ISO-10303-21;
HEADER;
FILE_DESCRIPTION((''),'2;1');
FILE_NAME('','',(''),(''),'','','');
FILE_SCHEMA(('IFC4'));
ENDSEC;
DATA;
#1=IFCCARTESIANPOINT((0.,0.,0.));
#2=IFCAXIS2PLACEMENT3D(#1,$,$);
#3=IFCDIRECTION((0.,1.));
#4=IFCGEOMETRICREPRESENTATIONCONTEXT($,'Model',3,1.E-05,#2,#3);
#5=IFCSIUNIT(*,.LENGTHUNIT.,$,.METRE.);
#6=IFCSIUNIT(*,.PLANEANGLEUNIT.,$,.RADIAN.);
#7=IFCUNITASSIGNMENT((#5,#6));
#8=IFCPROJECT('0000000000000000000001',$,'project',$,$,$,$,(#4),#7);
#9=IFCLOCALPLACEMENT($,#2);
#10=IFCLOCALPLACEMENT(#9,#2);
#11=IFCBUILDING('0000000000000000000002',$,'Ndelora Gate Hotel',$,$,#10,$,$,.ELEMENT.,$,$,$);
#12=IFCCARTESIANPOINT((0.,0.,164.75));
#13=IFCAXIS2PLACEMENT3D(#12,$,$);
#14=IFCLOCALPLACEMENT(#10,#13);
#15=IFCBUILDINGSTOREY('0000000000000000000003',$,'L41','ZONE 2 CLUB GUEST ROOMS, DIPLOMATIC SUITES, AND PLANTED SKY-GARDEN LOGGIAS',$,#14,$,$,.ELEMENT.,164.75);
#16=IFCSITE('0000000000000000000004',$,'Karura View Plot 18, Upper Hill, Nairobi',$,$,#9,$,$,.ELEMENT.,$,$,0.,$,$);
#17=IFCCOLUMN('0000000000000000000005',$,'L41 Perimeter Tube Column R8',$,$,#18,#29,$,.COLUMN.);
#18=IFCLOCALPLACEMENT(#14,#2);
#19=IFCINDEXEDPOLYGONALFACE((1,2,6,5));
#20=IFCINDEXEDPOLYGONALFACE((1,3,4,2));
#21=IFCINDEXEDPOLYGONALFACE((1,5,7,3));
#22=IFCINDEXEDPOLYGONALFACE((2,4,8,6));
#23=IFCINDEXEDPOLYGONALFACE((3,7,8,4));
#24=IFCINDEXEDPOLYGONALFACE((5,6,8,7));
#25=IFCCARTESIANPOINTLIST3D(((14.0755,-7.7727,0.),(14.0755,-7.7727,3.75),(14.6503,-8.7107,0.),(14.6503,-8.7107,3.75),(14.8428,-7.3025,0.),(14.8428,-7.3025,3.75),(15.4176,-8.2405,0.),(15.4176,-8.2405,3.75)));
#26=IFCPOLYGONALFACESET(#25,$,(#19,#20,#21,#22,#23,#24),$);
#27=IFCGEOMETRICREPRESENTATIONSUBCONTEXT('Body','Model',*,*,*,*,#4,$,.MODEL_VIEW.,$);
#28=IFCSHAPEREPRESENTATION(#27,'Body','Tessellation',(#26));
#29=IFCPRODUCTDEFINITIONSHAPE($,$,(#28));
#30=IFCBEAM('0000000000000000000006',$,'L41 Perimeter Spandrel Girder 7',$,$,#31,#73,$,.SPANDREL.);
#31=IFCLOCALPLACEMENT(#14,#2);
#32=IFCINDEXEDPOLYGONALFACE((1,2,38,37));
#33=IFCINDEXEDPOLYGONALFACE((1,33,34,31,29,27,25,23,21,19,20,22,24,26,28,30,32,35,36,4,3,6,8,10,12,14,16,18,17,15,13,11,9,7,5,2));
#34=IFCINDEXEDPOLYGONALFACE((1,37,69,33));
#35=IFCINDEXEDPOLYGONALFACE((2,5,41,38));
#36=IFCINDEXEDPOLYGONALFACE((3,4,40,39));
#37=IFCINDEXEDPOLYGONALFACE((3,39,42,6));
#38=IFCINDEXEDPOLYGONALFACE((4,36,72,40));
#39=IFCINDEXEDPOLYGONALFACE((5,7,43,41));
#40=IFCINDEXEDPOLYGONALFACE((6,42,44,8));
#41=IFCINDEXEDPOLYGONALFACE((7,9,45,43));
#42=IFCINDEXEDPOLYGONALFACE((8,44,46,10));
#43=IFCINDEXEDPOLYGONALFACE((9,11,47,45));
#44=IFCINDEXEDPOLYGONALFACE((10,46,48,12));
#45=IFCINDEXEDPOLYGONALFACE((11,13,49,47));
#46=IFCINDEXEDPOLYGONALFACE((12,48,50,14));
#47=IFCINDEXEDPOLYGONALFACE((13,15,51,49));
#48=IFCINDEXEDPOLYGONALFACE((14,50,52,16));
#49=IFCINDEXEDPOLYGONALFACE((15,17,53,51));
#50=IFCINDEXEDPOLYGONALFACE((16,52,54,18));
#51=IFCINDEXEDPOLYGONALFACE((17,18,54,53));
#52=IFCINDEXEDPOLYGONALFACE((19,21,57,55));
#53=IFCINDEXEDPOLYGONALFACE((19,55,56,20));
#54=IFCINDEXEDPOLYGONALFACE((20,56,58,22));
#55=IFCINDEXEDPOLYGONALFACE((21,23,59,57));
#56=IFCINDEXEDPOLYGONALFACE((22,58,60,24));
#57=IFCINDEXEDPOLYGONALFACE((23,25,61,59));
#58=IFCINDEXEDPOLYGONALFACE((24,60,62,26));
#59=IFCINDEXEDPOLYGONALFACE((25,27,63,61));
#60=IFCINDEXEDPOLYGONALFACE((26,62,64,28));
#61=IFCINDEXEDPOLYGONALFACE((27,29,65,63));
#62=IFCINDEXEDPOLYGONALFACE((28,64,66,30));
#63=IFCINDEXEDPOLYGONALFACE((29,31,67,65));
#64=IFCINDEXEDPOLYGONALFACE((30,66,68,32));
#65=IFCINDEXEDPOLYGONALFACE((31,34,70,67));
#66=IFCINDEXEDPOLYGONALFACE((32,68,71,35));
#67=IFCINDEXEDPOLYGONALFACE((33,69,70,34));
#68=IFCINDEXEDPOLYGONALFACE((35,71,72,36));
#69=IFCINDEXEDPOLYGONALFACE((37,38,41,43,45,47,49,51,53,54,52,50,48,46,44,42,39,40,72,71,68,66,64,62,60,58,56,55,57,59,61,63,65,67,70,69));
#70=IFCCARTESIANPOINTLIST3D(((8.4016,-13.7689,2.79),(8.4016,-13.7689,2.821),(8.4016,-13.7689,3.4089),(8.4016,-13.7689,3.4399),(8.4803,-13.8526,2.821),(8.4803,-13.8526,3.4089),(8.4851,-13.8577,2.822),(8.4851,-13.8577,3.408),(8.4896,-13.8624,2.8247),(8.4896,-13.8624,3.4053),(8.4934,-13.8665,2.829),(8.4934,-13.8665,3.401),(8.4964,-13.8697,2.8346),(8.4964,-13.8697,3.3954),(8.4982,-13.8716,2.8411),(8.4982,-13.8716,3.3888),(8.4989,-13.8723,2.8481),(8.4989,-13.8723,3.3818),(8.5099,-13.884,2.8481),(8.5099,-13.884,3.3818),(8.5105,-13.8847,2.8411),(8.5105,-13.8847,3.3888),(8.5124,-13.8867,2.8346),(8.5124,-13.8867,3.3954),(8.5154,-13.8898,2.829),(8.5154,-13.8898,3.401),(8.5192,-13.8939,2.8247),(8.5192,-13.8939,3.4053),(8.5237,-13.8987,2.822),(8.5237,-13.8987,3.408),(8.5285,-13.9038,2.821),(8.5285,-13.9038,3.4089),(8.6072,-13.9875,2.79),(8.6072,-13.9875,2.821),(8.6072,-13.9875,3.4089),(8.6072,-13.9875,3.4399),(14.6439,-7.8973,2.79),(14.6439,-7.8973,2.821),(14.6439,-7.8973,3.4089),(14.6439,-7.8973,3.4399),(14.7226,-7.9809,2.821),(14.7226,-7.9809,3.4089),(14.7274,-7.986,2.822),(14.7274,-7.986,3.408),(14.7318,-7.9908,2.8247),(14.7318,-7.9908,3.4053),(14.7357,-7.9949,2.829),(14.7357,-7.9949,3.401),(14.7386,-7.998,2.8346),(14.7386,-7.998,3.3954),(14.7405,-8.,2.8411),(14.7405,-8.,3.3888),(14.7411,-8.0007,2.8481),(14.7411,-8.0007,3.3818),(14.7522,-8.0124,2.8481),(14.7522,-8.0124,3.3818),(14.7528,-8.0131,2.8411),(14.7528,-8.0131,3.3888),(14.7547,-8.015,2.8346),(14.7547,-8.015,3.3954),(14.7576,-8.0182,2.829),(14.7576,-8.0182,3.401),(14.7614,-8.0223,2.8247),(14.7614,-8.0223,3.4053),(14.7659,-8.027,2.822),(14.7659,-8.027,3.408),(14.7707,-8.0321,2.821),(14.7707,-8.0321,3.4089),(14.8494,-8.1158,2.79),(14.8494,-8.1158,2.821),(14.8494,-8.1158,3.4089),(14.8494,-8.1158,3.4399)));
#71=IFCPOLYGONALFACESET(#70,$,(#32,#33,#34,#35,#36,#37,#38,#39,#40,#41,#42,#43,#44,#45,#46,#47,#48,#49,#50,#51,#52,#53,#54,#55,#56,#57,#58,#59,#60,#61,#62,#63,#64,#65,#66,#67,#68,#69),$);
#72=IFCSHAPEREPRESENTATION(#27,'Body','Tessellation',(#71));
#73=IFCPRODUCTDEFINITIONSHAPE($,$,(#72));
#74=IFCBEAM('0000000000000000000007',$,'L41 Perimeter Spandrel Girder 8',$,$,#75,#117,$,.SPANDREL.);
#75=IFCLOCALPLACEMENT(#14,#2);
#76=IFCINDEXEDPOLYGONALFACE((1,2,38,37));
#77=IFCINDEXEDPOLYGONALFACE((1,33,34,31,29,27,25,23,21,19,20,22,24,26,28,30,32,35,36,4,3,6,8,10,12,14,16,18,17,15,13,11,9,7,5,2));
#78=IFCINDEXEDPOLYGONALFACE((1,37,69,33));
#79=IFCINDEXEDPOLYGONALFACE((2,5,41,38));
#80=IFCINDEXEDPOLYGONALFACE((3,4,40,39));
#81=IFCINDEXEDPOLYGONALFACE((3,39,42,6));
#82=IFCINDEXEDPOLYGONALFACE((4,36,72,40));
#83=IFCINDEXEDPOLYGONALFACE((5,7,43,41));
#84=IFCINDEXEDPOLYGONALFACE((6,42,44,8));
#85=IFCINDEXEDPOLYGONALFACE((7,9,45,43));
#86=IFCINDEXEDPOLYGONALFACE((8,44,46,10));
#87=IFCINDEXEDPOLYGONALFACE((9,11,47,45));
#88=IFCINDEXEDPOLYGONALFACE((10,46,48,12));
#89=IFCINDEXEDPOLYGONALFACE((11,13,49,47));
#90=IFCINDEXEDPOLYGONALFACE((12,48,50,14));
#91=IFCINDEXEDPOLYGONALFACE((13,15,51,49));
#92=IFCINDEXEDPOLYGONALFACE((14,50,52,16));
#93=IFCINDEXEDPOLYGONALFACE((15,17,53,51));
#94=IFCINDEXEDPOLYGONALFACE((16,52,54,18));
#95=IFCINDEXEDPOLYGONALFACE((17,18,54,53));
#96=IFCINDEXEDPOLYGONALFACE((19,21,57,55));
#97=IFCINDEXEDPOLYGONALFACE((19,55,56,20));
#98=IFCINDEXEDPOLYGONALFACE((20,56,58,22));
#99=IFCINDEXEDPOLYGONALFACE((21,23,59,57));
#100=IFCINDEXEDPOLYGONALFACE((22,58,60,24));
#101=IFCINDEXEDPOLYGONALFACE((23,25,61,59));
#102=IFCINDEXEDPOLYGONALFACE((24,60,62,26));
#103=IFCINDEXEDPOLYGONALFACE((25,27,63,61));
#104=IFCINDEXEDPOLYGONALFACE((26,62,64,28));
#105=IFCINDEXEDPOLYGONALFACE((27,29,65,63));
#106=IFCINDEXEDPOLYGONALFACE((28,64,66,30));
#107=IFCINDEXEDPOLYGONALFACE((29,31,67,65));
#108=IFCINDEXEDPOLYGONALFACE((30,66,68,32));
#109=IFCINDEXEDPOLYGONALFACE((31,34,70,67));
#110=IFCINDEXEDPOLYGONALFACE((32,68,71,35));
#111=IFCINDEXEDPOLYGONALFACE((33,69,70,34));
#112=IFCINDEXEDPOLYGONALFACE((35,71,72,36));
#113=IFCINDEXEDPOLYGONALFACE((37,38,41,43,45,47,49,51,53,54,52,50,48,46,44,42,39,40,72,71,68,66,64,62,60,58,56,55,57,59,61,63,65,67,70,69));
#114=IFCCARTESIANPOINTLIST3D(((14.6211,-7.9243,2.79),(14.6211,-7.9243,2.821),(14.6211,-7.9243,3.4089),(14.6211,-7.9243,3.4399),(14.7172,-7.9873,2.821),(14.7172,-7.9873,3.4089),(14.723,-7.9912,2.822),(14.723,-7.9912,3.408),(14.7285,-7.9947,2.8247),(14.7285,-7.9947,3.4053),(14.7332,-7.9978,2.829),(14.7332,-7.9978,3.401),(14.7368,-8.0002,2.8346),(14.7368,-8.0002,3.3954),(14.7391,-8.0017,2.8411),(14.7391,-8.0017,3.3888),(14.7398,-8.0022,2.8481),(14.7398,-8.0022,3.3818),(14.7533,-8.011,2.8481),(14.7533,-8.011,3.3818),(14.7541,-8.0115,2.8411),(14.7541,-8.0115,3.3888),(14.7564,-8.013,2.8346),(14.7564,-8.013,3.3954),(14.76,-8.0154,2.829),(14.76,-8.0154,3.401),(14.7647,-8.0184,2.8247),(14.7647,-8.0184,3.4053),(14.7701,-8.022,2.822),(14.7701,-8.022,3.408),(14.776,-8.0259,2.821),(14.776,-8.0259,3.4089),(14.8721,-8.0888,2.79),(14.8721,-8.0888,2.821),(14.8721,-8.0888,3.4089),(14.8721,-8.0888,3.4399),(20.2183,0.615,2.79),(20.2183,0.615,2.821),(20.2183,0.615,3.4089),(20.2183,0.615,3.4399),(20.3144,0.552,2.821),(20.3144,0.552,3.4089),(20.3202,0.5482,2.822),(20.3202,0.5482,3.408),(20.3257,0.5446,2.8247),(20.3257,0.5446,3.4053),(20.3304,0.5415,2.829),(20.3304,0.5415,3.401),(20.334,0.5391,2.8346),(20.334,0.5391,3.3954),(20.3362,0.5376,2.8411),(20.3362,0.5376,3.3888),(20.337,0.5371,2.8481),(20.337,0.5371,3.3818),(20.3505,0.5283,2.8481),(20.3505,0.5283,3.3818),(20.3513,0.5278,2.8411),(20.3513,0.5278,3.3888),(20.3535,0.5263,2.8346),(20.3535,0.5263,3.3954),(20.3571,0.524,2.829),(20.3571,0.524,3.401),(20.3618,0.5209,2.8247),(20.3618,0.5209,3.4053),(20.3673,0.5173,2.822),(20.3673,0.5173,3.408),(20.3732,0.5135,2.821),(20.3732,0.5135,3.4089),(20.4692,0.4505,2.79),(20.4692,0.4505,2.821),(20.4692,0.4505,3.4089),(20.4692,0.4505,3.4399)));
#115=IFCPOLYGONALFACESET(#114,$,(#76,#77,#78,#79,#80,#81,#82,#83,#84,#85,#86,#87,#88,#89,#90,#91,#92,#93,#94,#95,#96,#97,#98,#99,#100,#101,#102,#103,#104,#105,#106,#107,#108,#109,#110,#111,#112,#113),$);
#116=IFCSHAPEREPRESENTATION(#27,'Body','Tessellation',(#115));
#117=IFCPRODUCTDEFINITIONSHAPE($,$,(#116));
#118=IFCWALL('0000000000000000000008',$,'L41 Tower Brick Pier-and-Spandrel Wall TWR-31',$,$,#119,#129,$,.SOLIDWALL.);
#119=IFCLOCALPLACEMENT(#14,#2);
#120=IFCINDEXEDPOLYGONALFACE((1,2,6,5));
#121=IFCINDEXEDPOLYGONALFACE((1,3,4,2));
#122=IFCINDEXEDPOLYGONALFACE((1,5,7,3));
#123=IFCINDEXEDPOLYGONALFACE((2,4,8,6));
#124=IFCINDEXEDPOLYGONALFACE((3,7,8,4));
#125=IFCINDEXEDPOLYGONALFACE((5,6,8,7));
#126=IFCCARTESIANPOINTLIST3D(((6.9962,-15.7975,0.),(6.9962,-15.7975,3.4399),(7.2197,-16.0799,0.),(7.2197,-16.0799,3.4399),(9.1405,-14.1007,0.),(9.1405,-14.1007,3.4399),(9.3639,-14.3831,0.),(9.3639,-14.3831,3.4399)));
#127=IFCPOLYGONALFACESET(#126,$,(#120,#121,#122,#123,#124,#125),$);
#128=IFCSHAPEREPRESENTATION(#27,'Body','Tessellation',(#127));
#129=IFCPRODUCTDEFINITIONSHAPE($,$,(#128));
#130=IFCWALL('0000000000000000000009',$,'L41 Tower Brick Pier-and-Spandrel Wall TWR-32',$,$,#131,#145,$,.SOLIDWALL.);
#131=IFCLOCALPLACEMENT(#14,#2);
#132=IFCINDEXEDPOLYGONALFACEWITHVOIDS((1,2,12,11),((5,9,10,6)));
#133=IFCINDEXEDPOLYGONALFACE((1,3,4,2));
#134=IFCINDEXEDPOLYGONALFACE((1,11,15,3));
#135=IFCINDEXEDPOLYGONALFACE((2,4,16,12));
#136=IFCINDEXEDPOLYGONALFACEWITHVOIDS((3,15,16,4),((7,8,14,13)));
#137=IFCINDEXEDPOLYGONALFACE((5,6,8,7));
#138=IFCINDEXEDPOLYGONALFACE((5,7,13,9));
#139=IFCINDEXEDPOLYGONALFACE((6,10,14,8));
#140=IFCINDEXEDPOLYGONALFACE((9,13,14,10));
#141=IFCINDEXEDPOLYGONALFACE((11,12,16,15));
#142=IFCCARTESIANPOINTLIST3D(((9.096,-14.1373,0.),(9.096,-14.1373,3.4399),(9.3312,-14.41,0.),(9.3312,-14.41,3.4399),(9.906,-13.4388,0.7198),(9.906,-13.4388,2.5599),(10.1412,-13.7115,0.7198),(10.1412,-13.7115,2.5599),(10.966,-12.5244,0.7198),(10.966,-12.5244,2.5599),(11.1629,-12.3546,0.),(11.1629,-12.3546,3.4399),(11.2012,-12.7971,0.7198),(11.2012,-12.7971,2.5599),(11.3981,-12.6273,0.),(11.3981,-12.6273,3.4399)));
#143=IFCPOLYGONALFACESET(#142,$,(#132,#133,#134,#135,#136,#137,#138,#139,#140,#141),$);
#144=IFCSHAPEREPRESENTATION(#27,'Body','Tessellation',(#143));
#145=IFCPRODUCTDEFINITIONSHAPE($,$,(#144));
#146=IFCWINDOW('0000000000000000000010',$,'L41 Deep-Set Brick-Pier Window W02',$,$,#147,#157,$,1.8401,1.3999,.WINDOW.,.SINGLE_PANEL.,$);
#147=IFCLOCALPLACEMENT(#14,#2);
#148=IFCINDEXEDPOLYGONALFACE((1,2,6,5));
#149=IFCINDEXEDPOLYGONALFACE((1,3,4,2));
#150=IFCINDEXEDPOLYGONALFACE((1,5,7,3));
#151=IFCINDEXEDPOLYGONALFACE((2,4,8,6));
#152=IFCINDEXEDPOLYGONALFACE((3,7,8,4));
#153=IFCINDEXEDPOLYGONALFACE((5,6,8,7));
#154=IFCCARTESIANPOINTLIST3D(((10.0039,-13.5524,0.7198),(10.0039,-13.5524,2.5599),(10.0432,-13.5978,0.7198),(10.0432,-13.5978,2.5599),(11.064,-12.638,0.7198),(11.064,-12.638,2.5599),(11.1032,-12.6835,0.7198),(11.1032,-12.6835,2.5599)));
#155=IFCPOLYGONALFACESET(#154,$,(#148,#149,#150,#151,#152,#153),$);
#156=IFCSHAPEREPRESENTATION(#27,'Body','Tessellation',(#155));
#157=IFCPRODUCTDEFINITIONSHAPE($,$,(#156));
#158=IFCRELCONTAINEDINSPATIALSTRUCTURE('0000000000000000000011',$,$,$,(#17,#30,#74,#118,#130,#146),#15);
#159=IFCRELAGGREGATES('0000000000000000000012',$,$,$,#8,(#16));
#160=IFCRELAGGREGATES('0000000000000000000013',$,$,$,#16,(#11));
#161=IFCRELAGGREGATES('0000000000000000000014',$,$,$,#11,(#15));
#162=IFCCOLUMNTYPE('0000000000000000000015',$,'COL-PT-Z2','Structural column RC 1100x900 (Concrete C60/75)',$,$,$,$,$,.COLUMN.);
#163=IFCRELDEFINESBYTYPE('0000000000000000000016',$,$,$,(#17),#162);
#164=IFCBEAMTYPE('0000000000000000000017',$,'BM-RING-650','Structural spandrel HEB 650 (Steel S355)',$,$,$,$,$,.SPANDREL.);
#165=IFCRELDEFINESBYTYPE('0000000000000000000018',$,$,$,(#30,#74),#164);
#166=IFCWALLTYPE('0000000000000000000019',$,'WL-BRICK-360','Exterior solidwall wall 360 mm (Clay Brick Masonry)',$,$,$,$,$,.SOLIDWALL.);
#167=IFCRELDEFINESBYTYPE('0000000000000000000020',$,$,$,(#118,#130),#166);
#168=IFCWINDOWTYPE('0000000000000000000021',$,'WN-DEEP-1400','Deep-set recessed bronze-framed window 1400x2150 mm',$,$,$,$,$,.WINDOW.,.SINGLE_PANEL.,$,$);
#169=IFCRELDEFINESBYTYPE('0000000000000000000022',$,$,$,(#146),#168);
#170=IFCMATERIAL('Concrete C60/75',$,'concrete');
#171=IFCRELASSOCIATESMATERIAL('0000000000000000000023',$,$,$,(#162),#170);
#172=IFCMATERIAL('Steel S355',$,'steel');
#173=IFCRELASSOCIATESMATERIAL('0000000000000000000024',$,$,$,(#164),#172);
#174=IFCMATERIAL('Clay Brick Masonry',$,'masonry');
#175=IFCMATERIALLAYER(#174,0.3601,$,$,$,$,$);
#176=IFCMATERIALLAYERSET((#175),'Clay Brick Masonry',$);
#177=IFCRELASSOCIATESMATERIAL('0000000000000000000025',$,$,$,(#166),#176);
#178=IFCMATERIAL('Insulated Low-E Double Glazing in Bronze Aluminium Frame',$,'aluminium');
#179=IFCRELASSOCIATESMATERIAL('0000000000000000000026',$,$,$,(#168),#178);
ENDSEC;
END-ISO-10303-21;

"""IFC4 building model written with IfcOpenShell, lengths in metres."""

from ifc_helpers import new_model, si_unit, direction, frame, frame_2d, origin, origin_2d, place, context, subcontext, project, spatial, rectangle, i_section, extrude, material, layer, layer_set, material_profile, profile_set, type_object, element, fill, save


model = new_model("IFC4")

# Units and contexts
model_context = context("Model", 3, precision=1e-05, world=origin(), true_north=direction((0.0, 1.0)))
body_context = subcontext(model_context, "Body", "Model", "MODEL_VIEW")
ifc_project = project(units=[si_unit("LENGTHUNIT", "METRE"), si_unit("PLANEANGLEUNIT", "RADIAN")], contexts=[model_context])

# Site, building, storey
site_placement = place(None, origin())
site = spatial("IfcSite", under=ifc_project, at=site_placement, Name="Karura View Plot 18, Upper Hill, Nairobi", CompositionType="ELEMENT", RefElevation=0.0)
building_placement = place(site_placement, origin())
building = spatial("IfcBuilding", under=site, at=building_placement, Name="Ndelora Gate Hotel", CompositionType="ELEMENT")
storey_placement = place(building_placement, frame((0.0, 0.0, 164.75)))
storey = spatial("IfcBuildingStorey", under=building, at=storey_placement, Name="L41", Description="ZONE 2 CLUB GUEST ROOMS, DIPLOMATIC SUITES, AND PLANTED SKY-GARDEN LOGGIAS", CompositionType="ELEMENT", Elevation=164.75)

# Column
ifc_material_1 = material(Name="Concrete C60/75", Category="concrete")
ifc_material_profile_1 = material_profile(ifc_material_1, rectangle(XDim=0.8999, YDim=1.1001, at=origin_2d()), Name="RC 1100x900")
ifc_profile_set_1 = profile_set([ifc_material_profile_1], Name="Concrete C60/75")
column_type = type_object("IfcColumnType", Name="COL-PT-Z2", Description="Structural column RC 1100x900 (Concrete C60/75)", PredefinedType="COLUMN", material=ifc_profile_set_1)
column_placement = place(storey_placement, frame((14.7466, -8.0066, 0.0), z_axis=(0.0, 0.0, 1.0), x_axis=(0.85264, 0.522499, 0.0)))
element("IfcColumn", 1, at=column_placement, inside=storey, type_object=column_type, Name="L41 Perimeter Tube Column R8", PredefinedType="COLUMN", context=body_context, shape_type="SweptSolid", body=[
    extrude(rectangle(XDim=0.8999, YDim=1.1001, at=origin_2d()), origin(), (0.0, 0.0, 1.0), 3.75),
])

# Beams
ifc_material_2 = material(Name="Steel S355", Category="steel")
ifc_material_profile_2 = material_profile(ifc_material_2, i_section(OverallWidth=0.3, OverallDepth=0.6499, WebThickness=0.0161, FlangeThickness=0.031, FilletRadius=0.0271, at=origin_2d()), Name="HEB 650")
ifc_profile_set_2 = profile_set([ifc_material_profile_2], Name="Steel S355")
beam_type = type_object("IfcBeamType", Name="BM-RING-650", Description="Structural spandrel HEB 650 (Steel S355)", PredefinedType="SPANDREL", material=ifc_profile_set_2)
beam_1_placement = place(storey_placement, frame((8.5044, -13.8782, 3.115), z_axis=(0.728399, 0.685153, 0.0), x_axis=(-0.685153, 0.728399, 0.0)))
element("IfcBeam", 2, at=beam_1_placement, inside=storey, type_object=beam_type, Name="L41 Perimeter Spandrel Girder 7", PredefinedType="SPANDREL", context=body_context, shape_type="SweptSolid", body=[
    extrude(i_section(OverallWidth=0.3, OverallDepth=0.6499, WebThickness=0.0161, FlangeThickness=0.031, FilletRadius=0.0271, at=origin_2d()), origin(), (0.0, 0.0, 1.0), 8.5698),
])
beam_2_placement = place(storey_placement, frame((14.7466, -8.0066, 3.115), z_axis=(0.548194, 0.836351, 0.0), x_axis=(-0.836351, 0.548194, 0.0)))
element("IfcBeam", 3, at=beam_2_placement, inside=storey, type_object=beam_type, Name="L41 Perimeter Spandrel Girder 8", PredefinedType="SPANDREL", context=body_context, shape_type="SweptSolid", body=[
    extrude(i_section(OverallWidth=0.3, OverallDepth=0.6499, WebThickness=0.0161, FlangeThickness=0.031, FilletRadius=0.0271, at=origin_2d()), origin(), (0.0, 0.0, 1.0), 10.2102),
])

# Wall
ifc_material_3 = material(Name="Clay Brick Masonry", Category="masonry")
ifc_layer_1 = layer(ifc_material_3, 0.3601)
ifc_layer_set_1 = layer_set([ifc_layer_1], Name="Clay Brick Masonry")
wall_type_1 = type_object("IfcWallType", Name="WL-BRICK-360", Description="Exterior solidwall wall 360 mm (Clay Brick Masonry)", PredefinedType="SOLIDWALL", material=ifc_layer_set_1)
wall_1_placement = place(storey_placement, frame((9.2522, -14.2419, 0.0), z_axis=(0.0, 0.0, 1.0), x_axis=(-0.784185, -0.620527, 0.0)))
element("IfcWall", 4, at=wall_1_placement, inside=storey, type_object=wall_type_1, Name="L41 Tower Brick Pier-and-Spandrel Wall TWR-31", PredefinedType="SOLIDWALL", context=body_context, shape_type="SweptSolid", body=[
    extrude(rectangle(XDim=2.7344, YDim=0.3601, at=frame_2d((1.3672, 0.0))), origin(), (0.0, 0.0, 1.0), 3.4399),
])

# Wall, opening, window
wall_2_placement = place(storey_placement, frame((11.2805, -12.491, 0.0), z_axis=(0.0, 0.0, 1.0), x_axis=(-0.757245, -0.653131, 0.0)))
wall_2 = element("IfcWall", 5, at=wall_2_placement, inside=storey, type_object=wall_type_1, Name="L41 Tower Brick Pier-and-Spandrel Wall TWR-32", PredefinedType="SOLIDWALL", context=body_context, shape_type="SweptSolid", body=[
    extrude(rectangle(XDim=2.7295, YDim=0.3601, at=frame_2d((1.3647, 0.0))), origin(), (0.0, 0.0, 1.0), 3.4399),
])
opening_1_placement = place(wall_2_placement, frame((0.26, 0.0, 0.72)))
opening_1 = element("IfcOpeningElement", 6, at=opening_1_placement, cuts=wall_2, PredefinedType="OPENING", context=body_context, shape_type="SweptSolid", body=[
    extrude(rectangle(XDim=1.3999, YDim=1.8401, at=frame_2d((0.7, 0.9199))), frame((0.0, 0.1899, 0.0), z_axis=(0.0, -1.0, 0.0), x_axis=(1.0, 0.0, 0.0)), (0.0, 0.0, 1.0), 0.3801),
])
ifc_material_4 = material(Name="Insulated Low-E Double Glazing in Bronze Aluminium Frame", Category="aluminium")
window_type_1 = type_object("IfcWindowType", Name="WN-DEEP-1400", Description="Deep-set recessed bronze-framed window 1400x2150 mm", PartitioningType="SINGLE_PANEL", PredefinedType="WINDOW", material=ifc_material_4)
window_1_placement = place(opening_1_placement, origin())
window_1 = element("IfcWindow", 7, at=window_1_placement, inside=storey, type_object=window_type_1, Name="L41 Deep-Set Brick-Pier Window W02", OverallHeight=1.8401, OverallWidth=1.3999, PartitioningType="SINGLE_PANEL", PredefinedType="WINDOW", context=body_context, shape_type="SweptSolid", body=[
    extrude(rectangle(XDim=1.3999, YDim=1.8401, at=frame_2d((0.7, 0.9199))), frame((0.0, 0.03, 0.0), z_axis=(0.0, -1.0, 0.0), x_axis=(1.0, 0.0, 0.0)), (0.0, 0.0, 1.0), 0.0601),
])
fill(opening_1, window_1)

save(model, "model.ifc")
